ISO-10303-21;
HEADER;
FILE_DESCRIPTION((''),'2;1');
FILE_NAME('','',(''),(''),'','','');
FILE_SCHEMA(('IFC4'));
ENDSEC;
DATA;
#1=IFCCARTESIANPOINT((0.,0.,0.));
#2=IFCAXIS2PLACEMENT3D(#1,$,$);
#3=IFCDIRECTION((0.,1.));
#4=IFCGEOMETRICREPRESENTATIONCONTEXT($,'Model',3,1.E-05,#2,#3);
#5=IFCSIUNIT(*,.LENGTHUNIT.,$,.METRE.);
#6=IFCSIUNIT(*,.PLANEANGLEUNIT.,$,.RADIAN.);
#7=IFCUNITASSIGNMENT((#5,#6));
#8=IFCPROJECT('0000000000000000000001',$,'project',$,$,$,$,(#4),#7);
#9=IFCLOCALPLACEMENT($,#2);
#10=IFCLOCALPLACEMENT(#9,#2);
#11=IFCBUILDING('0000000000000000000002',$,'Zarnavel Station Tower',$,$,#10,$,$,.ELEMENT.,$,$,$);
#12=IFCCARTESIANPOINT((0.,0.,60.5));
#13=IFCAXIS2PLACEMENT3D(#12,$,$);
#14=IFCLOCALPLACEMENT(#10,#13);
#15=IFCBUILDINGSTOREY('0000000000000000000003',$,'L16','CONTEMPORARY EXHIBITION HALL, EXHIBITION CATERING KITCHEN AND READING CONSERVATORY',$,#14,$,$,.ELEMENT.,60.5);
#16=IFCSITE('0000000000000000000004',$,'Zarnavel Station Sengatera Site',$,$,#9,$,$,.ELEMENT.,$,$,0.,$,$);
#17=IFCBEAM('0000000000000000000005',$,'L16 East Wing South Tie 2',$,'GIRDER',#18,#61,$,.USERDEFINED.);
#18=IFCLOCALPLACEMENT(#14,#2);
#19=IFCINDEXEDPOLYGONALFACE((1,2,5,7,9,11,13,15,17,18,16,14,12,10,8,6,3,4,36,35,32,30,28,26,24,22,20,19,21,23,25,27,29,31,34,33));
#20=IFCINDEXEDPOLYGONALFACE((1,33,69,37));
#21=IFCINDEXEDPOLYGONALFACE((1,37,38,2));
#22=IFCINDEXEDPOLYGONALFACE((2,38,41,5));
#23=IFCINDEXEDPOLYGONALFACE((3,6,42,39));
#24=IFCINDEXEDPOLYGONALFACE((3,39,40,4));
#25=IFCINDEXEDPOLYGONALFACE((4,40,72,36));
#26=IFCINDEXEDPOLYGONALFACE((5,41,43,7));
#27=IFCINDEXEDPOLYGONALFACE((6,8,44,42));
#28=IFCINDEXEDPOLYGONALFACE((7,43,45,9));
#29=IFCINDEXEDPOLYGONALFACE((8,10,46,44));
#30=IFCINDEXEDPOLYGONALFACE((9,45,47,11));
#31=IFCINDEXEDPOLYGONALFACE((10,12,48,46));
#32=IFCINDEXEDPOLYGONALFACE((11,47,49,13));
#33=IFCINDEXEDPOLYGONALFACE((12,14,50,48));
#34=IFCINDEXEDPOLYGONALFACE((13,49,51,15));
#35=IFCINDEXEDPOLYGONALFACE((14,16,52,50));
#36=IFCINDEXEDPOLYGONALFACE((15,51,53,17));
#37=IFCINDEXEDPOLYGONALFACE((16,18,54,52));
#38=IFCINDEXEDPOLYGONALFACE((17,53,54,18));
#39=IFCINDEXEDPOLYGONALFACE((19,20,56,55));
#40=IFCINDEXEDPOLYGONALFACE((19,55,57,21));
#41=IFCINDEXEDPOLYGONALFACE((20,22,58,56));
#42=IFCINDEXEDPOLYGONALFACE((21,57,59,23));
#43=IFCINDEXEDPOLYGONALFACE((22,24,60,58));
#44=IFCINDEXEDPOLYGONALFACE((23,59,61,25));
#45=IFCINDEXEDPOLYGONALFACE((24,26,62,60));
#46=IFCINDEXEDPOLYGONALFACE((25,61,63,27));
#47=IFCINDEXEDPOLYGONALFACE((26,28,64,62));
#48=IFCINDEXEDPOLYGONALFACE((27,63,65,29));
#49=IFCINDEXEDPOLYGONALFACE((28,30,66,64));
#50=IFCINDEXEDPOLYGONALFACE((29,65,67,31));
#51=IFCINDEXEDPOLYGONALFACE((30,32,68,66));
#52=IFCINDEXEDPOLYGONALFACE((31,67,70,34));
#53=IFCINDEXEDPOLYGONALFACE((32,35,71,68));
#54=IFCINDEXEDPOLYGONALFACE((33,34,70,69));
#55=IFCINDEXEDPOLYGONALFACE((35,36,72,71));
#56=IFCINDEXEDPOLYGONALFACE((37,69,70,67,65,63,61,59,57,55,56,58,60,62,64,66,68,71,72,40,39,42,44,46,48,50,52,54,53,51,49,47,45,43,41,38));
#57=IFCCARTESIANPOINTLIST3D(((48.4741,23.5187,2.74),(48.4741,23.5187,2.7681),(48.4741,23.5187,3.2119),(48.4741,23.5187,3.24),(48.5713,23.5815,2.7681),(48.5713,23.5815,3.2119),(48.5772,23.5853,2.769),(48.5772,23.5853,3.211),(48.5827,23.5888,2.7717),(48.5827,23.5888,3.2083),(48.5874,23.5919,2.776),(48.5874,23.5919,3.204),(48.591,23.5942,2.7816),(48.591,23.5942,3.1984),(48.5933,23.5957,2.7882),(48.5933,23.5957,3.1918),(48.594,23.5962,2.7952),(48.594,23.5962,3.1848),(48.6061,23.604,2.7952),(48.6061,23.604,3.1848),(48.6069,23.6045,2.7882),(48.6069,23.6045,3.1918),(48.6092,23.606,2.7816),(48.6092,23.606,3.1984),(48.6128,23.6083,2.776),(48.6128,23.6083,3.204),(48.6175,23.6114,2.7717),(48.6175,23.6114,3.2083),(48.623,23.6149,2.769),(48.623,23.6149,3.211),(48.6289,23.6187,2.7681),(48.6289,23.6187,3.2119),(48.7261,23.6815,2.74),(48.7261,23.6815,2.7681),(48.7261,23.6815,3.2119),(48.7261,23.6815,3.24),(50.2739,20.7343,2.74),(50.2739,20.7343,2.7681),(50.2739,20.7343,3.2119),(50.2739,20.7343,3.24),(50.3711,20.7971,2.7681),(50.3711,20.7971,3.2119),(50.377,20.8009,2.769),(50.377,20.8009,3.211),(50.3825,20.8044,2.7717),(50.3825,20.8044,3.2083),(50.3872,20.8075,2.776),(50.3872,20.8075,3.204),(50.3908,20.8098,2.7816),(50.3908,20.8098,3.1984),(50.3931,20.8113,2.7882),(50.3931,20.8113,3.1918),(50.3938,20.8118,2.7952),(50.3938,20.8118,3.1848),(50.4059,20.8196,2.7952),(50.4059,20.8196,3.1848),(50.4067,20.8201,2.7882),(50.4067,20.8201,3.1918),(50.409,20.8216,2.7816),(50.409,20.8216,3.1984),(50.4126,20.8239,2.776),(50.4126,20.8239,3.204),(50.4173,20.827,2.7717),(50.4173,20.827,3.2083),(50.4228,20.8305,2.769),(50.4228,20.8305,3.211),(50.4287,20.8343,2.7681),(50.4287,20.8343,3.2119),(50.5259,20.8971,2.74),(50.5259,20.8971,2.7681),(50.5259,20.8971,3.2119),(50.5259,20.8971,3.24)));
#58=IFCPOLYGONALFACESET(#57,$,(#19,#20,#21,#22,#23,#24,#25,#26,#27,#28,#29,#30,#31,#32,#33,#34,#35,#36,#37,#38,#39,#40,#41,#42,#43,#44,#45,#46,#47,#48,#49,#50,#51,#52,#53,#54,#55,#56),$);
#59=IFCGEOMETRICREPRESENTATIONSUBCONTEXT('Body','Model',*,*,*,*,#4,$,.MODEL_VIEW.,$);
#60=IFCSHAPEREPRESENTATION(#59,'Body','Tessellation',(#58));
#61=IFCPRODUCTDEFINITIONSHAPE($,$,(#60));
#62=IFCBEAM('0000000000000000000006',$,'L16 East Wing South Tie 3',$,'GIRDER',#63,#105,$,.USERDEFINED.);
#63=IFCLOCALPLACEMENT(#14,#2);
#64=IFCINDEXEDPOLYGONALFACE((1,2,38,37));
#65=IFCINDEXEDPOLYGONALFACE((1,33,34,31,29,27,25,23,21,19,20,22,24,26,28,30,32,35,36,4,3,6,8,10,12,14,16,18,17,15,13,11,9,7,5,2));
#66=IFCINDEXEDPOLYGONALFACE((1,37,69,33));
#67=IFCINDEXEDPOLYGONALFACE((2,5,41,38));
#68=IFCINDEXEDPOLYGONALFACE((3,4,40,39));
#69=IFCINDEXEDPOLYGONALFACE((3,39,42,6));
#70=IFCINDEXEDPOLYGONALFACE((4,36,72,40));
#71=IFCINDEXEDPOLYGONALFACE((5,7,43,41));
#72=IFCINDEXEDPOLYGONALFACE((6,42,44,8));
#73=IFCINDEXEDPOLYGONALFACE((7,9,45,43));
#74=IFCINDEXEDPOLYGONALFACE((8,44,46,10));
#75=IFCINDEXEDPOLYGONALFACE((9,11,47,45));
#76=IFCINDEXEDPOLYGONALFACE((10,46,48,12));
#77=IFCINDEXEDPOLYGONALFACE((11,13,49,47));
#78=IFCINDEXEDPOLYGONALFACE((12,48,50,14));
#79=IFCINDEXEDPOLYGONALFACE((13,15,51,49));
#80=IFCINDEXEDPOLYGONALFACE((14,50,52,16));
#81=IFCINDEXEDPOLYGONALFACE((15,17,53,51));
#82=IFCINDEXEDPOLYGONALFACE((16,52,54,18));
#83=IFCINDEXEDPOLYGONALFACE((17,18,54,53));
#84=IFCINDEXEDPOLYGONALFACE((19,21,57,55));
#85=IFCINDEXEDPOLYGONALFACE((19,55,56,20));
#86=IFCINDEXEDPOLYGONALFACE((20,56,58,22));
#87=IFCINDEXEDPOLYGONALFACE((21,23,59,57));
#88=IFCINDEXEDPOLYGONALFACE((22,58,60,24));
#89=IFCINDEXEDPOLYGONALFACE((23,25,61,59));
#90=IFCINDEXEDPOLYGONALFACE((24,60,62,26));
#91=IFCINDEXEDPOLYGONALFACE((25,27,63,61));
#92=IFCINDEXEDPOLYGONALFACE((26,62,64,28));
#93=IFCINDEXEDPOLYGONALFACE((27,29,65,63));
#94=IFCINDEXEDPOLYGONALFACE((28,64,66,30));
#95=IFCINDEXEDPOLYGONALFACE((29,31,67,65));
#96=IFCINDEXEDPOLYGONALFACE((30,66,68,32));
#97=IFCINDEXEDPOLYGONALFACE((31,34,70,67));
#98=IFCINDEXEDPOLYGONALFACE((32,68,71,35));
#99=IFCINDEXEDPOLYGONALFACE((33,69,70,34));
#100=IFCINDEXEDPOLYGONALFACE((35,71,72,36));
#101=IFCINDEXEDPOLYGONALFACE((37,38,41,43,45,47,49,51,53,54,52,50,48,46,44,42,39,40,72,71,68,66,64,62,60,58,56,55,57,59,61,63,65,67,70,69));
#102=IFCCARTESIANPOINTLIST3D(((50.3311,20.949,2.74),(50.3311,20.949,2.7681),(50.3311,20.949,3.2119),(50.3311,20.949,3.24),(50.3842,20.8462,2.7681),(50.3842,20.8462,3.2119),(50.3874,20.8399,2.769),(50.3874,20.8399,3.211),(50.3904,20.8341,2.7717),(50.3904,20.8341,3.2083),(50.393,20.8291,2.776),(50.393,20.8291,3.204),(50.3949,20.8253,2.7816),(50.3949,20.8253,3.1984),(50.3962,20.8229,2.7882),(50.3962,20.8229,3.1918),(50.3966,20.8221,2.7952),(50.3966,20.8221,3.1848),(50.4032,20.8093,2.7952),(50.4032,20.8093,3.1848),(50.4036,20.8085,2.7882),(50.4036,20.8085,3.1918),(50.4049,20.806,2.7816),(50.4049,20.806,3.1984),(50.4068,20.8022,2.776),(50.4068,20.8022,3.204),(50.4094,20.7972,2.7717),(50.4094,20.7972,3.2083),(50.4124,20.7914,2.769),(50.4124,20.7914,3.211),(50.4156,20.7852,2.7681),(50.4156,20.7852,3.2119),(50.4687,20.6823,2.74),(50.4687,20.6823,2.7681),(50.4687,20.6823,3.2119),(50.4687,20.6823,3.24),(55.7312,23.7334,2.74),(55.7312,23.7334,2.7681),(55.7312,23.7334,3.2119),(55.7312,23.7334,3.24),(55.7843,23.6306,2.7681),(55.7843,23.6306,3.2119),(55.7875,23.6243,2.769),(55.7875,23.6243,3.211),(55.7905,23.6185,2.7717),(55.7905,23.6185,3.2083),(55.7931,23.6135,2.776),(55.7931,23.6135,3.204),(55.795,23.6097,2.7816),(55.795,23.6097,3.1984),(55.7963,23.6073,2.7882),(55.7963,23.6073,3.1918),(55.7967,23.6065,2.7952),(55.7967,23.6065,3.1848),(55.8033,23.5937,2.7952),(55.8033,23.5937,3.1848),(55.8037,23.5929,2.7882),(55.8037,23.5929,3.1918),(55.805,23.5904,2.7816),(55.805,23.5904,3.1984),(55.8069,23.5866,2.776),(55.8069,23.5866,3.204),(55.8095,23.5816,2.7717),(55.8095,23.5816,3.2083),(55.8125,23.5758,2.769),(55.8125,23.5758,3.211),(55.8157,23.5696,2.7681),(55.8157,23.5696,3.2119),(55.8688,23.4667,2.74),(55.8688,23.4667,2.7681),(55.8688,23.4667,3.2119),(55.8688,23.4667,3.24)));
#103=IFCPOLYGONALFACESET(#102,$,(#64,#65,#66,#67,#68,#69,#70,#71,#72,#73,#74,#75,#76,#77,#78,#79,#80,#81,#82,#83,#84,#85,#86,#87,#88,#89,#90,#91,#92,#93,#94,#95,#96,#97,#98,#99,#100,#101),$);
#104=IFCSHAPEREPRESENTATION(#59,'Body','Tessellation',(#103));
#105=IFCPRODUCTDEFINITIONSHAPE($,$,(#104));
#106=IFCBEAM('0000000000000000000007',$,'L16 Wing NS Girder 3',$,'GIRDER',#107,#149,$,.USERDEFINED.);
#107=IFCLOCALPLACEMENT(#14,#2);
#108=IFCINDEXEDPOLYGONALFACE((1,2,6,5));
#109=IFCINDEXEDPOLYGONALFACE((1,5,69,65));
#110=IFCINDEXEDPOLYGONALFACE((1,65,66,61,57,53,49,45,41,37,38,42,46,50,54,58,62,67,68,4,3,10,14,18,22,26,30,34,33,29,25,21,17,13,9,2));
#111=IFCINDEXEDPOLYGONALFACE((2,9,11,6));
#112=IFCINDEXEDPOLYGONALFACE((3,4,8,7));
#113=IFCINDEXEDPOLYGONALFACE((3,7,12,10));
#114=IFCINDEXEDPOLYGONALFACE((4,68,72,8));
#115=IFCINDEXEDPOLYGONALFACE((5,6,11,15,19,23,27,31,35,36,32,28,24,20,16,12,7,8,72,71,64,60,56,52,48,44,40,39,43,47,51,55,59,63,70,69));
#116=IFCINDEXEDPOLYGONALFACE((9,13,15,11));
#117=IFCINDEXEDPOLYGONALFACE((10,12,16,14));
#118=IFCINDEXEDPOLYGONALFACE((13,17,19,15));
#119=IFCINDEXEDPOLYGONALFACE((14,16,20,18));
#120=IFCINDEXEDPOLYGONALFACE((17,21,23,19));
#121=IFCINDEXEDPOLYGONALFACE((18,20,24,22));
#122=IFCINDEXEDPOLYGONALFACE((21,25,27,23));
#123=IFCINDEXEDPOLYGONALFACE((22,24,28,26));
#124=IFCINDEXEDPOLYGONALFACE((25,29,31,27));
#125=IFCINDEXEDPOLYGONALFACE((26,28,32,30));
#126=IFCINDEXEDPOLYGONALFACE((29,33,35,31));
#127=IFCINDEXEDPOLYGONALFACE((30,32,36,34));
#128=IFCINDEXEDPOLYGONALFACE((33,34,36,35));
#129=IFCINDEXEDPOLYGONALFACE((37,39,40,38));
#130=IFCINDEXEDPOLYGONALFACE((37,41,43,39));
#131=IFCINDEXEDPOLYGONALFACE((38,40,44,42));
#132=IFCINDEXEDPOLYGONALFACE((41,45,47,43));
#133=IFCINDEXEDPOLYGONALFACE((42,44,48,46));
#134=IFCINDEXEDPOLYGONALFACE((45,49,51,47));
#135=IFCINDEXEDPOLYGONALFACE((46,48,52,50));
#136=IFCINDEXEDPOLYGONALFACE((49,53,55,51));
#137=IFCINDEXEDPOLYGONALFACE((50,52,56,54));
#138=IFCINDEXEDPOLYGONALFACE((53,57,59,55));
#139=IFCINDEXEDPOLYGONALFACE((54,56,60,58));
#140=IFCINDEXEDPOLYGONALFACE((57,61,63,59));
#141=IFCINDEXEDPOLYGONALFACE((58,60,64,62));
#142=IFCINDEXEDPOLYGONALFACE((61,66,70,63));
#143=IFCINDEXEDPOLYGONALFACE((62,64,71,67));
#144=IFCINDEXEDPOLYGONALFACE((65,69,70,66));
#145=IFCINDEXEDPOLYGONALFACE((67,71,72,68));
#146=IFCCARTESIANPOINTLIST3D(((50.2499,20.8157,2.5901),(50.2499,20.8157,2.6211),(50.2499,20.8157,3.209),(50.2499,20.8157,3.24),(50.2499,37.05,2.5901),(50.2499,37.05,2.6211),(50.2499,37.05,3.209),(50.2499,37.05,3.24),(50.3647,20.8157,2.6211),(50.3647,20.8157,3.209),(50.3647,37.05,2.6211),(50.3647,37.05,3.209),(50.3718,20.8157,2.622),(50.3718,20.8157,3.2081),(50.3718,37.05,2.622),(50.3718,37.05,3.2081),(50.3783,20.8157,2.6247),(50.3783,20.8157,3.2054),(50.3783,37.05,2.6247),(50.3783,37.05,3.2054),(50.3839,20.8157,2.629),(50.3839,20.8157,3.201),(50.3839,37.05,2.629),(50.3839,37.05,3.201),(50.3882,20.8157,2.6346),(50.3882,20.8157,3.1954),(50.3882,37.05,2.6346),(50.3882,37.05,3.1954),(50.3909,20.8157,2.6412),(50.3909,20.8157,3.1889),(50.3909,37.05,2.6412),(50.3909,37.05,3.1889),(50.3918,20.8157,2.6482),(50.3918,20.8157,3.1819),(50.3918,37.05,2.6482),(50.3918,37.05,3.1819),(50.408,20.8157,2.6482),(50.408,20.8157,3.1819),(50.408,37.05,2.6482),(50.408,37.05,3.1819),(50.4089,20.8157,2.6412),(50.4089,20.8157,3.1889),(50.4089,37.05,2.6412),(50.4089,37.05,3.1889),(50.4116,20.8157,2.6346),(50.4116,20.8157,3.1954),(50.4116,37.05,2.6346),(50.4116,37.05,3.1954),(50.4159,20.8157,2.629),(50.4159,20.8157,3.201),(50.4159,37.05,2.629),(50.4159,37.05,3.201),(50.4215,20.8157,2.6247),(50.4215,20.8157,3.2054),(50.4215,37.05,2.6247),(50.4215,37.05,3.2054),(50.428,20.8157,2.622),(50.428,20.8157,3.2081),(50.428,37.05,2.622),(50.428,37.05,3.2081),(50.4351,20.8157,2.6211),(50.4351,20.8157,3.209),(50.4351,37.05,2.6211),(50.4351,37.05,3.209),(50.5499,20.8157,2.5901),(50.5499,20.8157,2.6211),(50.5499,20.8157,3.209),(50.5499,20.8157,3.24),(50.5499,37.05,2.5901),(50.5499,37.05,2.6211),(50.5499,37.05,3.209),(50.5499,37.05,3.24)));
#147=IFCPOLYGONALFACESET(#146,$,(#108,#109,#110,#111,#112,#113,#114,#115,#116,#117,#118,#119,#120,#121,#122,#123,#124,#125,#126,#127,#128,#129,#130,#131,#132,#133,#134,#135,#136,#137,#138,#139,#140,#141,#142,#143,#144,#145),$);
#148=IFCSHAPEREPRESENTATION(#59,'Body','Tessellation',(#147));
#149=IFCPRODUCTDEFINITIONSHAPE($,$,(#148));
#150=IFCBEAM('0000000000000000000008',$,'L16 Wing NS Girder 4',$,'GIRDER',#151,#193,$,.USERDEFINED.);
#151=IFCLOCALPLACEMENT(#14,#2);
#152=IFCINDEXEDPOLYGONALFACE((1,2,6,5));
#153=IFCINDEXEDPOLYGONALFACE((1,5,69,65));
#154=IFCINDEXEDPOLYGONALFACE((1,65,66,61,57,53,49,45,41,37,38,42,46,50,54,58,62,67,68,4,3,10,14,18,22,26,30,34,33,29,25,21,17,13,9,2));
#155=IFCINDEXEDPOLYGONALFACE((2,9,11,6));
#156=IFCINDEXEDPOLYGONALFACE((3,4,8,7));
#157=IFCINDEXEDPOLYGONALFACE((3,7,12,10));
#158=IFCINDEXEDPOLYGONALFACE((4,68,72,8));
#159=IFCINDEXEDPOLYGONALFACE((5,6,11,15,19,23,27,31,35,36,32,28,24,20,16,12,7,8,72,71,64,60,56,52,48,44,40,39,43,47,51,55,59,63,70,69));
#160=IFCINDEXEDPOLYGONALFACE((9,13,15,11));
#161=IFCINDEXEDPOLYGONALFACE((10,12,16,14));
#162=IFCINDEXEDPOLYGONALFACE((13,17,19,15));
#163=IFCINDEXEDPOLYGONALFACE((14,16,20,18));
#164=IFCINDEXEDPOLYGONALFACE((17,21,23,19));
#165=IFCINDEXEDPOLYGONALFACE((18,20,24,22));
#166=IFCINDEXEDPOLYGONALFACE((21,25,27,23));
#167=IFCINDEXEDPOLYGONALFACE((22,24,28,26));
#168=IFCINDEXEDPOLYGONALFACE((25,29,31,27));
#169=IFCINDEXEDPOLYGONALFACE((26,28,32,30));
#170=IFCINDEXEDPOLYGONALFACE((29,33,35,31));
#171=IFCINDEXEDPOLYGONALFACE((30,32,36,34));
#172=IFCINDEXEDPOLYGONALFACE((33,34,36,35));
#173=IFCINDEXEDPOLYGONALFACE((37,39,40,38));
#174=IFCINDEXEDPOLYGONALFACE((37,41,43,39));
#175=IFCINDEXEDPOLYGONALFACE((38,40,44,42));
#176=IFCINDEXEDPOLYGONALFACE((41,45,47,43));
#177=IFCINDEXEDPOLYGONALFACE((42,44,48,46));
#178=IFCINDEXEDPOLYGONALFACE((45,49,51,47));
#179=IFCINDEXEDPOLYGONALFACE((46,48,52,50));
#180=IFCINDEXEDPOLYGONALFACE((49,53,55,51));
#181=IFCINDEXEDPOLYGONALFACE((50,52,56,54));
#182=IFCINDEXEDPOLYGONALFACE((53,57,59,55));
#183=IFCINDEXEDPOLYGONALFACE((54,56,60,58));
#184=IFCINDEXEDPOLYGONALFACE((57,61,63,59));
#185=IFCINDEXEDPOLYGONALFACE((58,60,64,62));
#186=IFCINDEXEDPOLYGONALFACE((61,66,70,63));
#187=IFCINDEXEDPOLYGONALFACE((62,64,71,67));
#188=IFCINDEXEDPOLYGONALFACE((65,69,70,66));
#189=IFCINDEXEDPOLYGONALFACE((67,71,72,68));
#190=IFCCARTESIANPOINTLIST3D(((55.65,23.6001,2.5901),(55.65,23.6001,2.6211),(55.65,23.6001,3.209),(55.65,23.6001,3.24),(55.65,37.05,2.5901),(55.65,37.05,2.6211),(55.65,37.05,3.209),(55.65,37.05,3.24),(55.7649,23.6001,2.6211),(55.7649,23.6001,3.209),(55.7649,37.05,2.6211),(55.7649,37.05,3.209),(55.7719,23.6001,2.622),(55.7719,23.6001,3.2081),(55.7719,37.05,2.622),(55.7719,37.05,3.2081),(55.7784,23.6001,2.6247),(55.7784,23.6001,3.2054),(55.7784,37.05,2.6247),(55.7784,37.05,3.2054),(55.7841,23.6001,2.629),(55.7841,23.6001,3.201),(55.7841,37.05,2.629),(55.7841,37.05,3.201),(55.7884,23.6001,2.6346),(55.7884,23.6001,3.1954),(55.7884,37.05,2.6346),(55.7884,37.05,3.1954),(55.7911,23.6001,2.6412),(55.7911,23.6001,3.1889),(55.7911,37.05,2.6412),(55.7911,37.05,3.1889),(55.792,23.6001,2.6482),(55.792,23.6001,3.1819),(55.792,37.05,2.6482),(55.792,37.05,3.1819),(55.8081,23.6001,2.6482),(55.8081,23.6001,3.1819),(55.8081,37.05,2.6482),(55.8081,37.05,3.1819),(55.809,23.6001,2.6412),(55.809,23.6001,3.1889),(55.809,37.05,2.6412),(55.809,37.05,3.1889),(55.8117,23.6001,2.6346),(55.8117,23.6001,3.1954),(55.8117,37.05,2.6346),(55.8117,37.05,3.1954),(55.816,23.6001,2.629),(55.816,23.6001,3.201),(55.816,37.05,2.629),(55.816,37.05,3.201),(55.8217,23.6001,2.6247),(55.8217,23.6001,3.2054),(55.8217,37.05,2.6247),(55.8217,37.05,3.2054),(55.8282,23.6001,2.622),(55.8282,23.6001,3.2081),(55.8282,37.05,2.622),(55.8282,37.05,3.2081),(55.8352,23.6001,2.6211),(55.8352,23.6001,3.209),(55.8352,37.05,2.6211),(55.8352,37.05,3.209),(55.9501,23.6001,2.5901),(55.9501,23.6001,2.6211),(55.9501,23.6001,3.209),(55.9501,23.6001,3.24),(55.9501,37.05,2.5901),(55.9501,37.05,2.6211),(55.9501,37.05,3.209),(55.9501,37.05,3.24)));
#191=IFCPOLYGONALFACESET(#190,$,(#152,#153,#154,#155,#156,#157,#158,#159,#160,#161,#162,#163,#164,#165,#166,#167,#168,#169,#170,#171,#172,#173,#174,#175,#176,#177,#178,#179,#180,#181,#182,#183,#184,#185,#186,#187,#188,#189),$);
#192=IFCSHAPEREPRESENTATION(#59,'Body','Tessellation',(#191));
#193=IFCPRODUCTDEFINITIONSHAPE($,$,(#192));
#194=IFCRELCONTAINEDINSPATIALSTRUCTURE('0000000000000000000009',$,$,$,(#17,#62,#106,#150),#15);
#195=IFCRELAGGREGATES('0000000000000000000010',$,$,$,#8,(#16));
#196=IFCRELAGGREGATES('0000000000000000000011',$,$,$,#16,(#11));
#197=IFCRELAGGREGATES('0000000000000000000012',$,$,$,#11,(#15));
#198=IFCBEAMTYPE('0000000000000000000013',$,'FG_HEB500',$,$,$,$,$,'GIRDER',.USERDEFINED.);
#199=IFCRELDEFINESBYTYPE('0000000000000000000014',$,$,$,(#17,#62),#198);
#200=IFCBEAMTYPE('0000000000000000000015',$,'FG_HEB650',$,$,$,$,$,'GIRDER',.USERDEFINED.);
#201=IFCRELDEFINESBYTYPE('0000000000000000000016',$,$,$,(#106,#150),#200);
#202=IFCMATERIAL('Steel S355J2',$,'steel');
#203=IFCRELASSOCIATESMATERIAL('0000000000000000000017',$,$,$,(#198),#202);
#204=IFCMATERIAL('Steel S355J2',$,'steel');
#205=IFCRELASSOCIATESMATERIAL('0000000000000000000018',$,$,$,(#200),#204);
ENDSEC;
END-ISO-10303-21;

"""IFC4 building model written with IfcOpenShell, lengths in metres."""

from ifc_helpers import new_model, si_unit, direction, frame, origin, origin_2d, place, context, subcontext, project, spatial, i_section, extrude, material, material_profile, profile_set, type_object, element, save


model = new_model("IFC4")

# Units and contexts
model_context = context("Model", 3, precision=1e-05, world=origin(), true_north=direction((0.0, 1.0)))
body_context = subcontext(model_context, "Body", "Model", "MODEL_VIEW")
ifc_project = project(units=[si_unit("LENGTHUNIT", "METRE"), si_unit("PLANEANGLEUNIT", "RADIAN")], contexts=[model_context])

# Site, building, storey
site_placement = place(None, origin())
site = spatial("IfcSite", under=ifc_project, at=site_placement, Name="Zarnavel Station Sengatera Site", CompositionType="ELEMENT", RefElevation=0.0)
building_placement = place(site_placement, origin())
building = spatial("IfcBuilding", under=site, at=building_placement, Name="Zarnavel Station Tower", CompositionType="ELEMENT")
storey_placement = place(building_placement, frame((0.0, 0.0, 60.5)))
storey = spatial("IfcBuildingStorey", under=building, at=storey_placement, Name="L16", Description="CONTEMPORARY EXHIBITION HALL, EXHIBITION CATERING KITCHEN AND READING CONSERVATORY", CompositionType="ELEMENT", Elevation=60.5)

# Beams
ifc_material_1 = material(Name="Steel S355J2", Category="steel")
ifc_material_profile_1 = material_profile(ifc_material_1, i_section(OverallWidth=0.3, OverallDepth=0.5, WebThickness=0.0144, FlangeThickness=0.0281, FilletRadius=0.0271, at=origin_2d()), Name="HEB500")
ifc_profile_set_1 = profile_set([ifc_material_profile_1], Name="Steel S355J2")
beam_type_1 = type_object("IfcBeamType", Name="FG_HEB500", ElementType="GIRDER", PredefinedType="USERDEFINED", material=ifc_profile_set_1)
beam_1_placement = place(storey_placement, frame((48.6001, 23.6001, 2.99), z_axis=(0.542851, -0.839829, 0.0), x_axis=(0.839829, 0.542851, 0.0)))
element("IfcBeam", 1, at=beam_1_placement, inside=storey, type_object=beam_type_1, Name="L16 East Wing South Tie 2", ObjectType="GIRDER", PredefinedType="USERDEFINED", context=body_context, shape_type="SweptSolid", body=[
    extrude(i_section(OverallWidth=0.3, OverallDepth=0.5, WebThickness=0.0144, FlangeThickness=0.0281, FilletRadius=0.0271, at=origin_2d()), origin(), (0.0, 0.0, 1.0), 3.3154),
])
beam_2_placement = place(storey_placement, frame((50.3999, 20.8157, 2.99), z_axis=(0.888805, 0.458286, 0.0), x_axis=(-0.458286, 0.888805, 0.0)))
element("IfcBeam", 2, at=beam_2_placement, inside=storey, type_object=beam_type_1, Name="L16 East Wing South Tie 3", ObjectType="GIRDER", PredefinedType="USERDEFINED", context=body_context, shape_type="SweptSolid", body=[
    extrude(i_section(OverallWidth=0.3, OverallDepth=0.5, WebThickness=0.0144, FlangeThickness=0.0281, FilletRadius=0.0271, at=origin_2d()), origin(), (0.0, 0.0, 1.0), 6.0757),
])
ifc_material_2 = material(Name="Steel S355J2", Category="steel")
ifc_material_profile_2 = material_profile(ifc_material_2, i_section(OverallWidth=0.3, OverallDepth=0.6499, WebThickness=0.0161, FlangeThickness=0.031, FilletRadius=0.0271, at=origin_2d()), Name="HEB650")
ifc_profile_set_2 = profile_set([ifc_material_profile_2], Name="Steel S355J2")
beam_type_2 = type_object("IfcBeamType", Name="FG_HEB650", ElementType="GIRDER", PredefinedType="USERDEFINED", material=ifc_profile_set_2)
beam_3_placement = place(storey_placement, frame((50.3999, 20.8157, 2.915), z_axis=(0.0, 1.0, 0.0), x_axis=(-1.0, 0.0, 0.0)))
element("IfcBeam", 3, at=beam_3_placement, inside=storey, type_object=beam_type_2, Name="L16 Wing NS Girder 3", ObjectType="GIRDER", PredefinedType="USERDEFINED", context=body_context, shape_type="SweptSolid", body=[
    extrude(i_section(OverallWidth=0.3, OverallDepth=0.6499, WebThickness=0.0161, FlangeThickness=0.031, FilletRadius=0.0271, at=origin_2d()), origin(), (0.0, 0.0, 1.0), 16.2344),
])
beam_4_placement = place(storey_placement, frame((55.8, 23.6001, 2.915), z_axis=(0.0, 1.0, 0.0), x_axis=(-1.0, 0.0, 0.0)))
element("IfcBeam", 4, at=beam_4_placement, inside=storey, type_object=beam_type_2, Name="L16 Wing NS Girder 4", ObjectType="GIRDER", PredefinedType="USERDEFINED", context=body_context, shape_type="SweptSolid", body=[
    extrude(i_section(OverallWidth=0.3, OverallDepth=0.6499, WebThickness=0.0161, FlangeThickness=0.031, FilletRadius=0.0271, at=origin_2d()), origin(), (0.0, 0.0, 1.0), 13.45),
])

save(model, "model.ifc")
